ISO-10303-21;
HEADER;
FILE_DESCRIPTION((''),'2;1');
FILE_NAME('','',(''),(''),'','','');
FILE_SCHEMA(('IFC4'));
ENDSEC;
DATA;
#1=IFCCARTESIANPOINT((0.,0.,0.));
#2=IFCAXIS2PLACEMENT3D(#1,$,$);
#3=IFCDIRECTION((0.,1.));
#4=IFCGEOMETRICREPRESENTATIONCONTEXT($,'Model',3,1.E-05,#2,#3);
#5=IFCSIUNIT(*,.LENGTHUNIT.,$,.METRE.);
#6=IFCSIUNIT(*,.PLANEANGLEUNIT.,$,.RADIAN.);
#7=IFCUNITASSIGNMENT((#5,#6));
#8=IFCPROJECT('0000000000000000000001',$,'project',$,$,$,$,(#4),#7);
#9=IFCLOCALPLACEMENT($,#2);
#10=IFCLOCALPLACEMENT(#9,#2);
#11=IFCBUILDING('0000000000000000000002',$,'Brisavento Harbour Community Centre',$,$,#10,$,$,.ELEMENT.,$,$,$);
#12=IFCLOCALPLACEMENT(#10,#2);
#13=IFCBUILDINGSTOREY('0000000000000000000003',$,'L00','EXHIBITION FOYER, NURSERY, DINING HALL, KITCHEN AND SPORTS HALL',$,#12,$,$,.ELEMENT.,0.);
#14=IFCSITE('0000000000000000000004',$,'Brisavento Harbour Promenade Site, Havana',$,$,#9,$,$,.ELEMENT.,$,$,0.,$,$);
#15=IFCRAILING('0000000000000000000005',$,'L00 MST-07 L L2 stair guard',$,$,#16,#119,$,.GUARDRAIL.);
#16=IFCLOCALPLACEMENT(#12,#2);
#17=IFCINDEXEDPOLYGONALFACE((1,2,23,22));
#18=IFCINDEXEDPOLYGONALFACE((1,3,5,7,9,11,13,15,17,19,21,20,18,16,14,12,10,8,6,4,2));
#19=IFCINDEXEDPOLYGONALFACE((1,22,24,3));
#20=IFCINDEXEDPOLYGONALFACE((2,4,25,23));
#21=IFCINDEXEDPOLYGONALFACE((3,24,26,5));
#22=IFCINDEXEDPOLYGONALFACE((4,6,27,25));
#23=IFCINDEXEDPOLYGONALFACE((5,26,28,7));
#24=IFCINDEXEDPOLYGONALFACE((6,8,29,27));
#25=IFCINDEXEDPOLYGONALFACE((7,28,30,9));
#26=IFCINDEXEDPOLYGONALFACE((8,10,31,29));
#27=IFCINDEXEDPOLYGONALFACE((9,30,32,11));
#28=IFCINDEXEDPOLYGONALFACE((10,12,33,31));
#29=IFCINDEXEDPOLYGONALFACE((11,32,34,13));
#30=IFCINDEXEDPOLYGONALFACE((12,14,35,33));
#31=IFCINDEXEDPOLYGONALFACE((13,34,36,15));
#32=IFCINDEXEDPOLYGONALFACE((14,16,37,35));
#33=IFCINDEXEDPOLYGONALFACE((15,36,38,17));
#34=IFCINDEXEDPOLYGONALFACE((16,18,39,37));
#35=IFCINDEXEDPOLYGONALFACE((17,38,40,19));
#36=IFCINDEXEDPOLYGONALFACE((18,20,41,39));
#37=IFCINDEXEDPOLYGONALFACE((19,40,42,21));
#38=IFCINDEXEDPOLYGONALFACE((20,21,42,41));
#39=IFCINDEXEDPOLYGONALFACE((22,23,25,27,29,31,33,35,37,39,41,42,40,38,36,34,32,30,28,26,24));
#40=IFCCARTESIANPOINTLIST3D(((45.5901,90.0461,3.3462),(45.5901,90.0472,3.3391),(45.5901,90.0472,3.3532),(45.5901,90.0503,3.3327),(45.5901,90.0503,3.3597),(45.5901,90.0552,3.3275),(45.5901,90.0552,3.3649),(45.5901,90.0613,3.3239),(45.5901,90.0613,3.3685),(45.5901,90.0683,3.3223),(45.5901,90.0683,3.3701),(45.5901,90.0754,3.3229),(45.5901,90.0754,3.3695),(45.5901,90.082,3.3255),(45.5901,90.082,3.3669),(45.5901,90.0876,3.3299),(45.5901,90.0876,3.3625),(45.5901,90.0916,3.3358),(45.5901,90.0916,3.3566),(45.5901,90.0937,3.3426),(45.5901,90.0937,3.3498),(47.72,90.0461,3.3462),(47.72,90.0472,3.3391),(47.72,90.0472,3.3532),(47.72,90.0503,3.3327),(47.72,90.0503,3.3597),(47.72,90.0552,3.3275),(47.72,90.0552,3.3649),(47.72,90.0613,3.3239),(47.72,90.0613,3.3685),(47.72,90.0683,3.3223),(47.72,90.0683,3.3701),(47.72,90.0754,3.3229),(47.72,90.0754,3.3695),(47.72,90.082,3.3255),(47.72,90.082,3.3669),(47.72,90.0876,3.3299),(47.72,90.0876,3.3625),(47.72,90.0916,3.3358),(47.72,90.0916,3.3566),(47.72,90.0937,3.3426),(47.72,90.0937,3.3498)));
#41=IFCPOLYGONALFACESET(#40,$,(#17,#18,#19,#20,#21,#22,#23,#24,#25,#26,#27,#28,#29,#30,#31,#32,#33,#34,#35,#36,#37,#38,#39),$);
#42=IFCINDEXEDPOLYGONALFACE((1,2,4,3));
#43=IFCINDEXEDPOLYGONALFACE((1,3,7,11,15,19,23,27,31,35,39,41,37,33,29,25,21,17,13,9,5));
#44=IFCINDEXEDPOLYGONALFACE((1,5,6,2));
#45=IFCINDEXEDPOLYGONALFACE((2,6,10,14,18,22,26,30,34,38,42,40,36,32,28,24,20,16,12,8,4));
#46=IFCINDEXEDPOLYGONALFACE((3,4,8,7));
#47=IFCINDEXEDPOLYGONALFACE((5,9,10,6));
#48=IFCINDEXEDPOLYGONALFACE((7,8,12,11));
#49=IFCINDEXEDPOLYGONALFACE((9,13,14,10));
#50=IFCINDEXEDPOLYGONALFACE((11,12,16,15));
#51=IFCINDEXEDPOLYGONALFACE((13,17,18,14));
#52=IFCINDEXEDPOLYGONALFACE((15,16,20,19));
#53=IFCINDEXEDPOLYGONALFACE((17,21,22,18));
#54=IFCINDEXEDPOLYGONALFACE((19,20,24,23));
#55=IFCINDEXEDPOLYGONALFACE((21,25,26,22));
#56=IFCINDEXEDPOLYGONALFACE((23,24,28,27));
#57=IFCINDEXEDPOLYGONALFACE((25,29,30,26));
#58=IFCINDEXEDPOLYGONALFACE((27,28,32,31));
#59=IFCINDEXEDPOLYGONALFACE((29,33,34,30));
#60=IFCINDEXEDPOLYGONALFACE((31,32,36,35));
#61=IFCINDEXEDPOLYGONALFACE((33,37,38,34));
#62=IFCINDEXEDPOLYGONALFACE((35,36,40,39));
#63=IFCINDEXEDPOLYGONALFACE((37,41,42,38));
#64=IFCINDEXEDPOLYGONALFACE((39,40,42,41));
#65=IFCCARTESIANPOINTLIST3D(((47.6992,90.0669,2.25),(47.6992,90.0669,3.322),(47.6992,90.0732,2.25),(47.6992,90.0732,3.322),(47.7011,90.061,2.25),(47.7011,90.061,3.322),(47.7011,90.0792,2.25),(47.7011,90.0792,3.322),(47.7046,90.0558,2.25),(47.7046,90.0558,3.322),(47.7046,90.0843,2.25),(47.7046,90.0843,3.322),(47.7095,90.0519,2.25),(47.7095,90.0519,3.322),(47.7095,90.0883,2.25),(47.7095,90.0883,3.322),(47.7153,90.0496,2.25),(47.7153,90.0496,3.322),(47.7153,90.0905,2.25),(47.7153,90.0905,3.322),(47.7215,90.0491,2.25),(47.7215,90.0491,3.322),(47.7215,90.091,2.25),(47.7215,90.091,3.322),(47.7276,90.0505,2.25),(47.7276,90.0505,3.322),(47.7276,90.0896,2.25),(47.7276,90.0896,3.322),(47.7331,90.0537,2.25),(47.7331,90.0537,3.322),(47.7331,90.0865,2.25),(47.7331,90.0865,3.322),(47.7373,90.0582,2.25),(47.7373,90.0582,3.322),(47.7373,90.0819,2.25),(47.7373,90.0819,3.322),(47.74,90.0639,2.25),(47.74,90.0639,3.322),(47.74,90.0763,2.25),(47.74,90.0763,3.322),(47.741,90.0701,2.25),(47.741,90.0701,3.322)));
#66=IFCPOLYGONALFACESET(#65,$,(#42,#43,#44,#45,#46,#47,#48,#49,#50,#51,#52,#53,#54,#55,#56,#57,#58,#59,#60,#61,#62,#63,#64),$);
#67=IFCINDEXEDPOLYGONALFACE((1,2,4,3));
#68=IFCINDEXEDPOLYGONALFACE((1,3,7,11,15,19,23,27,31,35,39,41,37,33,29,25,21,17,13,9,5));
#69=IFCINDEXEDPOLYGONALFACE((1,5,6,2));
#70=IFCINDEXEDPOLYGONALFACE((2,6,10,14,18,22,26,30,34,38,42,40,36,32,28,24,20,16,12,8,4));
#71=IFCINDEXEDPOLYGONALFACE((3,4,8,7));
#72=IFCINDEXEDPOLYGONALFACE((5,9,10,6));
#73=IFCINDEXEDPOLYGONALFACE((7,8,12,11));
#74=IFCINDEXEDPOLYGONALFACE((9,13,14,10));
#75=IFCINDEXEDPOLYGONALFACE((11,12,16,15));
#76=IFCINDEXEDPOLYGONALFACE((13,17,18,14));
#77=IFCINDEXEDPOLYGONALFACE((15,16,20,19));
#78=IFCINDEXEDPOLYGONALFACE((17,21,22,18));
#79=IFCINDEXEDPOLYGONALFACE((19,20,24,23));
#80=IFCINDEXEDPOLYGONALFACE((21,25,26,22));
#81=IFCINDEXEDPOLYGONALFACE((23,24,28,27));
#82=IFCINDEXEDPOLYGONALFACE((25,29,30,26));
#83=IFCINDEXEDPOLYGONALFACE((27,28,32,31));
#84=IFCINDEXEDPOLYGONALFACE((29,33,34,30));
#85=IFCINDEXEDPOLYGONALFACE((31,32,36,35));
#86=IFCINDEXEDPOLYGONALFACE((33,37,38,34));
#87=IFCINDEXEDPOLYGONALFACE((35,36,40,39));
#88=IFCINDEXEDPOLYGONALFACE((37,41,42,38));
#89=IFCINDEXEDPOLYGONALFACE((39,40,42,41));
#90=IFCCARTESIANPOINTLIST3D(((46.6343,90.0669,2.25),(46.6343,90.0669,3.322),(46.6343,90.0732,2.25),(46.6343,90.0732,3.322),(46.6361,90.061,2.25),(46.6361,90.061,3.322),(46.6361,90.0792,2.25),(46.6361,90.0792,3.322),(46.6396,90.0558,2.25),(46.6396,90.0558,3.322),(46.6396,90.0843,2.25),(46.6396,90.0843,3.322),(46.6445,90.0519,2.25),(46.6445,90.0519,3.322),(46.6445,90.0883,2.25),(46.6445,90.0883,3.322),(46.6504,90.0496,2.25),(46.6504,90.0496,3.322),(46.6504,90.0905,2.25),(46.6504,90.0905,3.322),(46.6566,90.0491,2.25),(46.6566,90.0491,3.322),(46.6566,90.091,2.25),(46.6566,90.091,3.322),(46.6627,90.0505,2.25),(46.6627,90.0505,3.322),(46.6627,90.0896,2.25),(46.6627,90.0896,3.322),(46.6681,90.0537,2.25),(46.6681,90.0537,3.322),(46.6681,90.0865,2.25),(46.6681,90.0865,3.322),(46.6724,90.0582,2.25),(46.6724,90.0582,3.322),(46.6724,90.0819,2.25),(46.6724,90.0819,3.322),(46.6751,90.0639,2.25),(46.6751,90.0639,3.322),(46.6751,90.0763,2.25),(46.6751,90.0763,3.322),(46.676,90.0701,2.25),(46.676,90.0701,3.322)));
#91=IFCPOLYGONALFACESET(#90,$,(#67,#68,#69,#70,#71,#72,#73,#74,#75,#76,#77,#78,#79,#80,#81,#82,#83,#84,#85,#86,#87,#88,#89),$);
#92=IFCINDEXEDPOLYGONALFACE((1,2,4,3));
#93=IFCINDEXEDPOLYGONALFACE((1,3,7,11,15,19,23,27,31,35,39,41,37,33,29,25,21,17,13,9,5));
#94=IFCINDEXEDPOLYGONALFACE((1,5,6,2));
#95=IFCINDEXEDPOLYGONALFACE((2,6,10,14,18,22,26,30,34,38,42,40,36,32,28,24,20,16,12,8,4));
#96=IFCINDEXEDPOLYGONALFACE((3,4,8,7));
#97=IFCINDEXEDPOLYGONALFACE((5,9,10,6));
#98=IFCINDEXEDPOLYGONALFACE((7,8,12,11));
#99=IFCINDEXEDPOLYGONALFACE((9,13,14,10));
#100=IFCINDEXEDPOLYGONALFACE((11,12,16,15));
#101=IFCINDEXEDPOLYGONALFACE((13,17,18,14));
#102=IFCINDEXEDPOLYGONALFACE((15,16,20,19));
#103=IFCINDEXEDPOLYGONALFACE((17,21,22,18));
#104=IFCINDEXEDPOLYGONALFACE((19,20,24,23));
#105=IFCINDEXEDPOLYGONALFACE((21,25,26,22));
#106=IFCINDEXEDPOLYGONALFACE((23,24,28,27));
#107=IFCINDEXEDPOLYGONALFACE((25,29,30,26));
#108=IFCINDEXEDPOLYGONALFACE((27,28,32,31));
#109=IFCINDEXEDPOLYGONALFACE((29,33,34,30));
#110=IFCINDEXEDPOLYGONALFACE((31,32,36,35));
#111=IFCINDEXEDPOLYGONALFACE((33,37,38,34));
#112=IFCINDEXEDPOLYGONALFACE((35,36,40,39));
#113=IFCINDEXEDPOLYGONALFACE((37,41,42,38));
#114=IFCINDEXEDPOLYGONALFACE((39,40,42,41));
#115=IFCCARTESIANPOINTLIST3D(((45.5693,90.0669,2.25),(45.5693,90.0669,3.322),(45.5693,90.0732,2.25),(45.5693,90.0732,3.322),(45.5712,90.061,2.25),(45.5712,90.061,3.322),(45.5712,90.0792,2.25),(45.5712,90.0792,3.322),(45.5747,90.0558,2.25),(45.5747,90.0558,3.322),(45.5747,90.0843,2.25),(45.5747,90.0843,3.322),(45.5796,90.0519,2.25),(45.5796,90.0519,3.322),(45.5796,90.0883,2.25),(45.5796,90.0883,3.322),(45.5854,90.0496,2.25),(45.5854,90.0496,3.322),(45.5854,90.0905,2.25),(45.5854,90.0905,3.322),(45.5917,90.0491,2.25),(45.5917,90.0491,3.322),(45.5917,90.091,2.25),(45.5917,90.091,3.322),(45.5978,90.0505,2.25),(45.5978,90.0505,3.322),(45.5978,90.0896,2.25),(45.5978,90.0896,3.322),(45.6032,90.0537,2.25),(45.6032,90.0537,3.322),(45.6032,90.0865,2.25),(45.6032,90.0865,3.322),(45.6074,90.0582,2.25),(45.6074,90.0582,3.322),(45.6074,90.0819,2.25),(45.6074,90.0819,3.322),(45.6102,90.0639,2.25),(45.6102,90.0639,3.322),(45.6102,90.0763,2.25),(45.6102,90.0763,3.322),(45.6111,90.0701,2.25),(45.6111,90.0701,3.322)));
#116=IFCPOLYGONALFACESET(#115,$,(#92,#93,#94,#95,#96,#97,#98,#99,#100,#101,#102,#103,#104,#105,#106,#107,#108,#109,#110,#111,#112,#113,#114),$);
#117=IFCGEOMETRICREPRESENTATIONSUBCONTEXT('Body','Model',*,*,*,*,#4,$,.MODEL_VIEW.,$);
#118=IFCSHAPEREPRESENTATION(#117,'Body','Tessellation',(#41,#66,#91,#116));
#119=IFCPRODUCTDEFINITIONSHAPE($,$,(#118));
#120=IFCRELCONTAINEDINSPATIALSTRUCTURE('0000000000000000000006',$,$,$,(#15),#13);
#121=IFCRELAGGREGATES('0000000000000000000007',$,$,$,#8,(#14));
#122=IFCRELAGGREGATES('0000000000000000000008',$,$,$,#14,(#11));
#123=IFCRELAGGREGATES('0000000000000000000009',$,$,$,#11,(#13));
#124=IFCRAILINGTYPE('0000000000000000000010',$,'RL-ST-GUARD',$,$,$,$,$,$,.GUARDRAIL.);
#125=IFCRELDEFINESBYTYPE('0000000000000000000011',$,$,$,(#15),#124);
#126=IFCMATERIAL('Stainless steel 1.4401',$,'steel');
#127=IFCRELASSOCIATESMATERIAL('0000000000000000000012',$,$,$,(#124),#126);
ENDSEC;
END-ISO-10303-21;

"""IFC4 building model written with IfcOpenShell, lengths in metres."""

from ifc_helpers import new_model, si_unit, direction, frame, origin, origin_2d, place, context, subcontext, project, spatial, circle, extrude, material, type_object, element, save


model = new_model("IFC4")

# Units and contexts
model_context = context("Model", 3, precision=1e-05, world=origin(), true_north=direction((0.0, 1.0)))
body_context = subcontext(model_context, "Body", "Model", "MODEL_VIEW")
ifc_project = project(units=[si_unit("LENGTHUNIT", "METRE"), si_unit("PLANEANGLEUNIT", "RADIAN")], contexts=[model_context])

# Site, building, storey
site_placement = place(None, origin())
site = spatial("IfcSite", under=ifc_project, at=site_placement, Name="Brisavento Harbour Promenade Site, Havana", CompositionType="ELEMENT", RefElevation=0.0)
building_placement = place(site_placement, origin())
building = spatial("IfcBuilding", under=site, at=building_placement, Name="Brisavento Harbour Community Centre", CompositionType="ELEMENT")
storey_placement = place(building_placement, origin())
storey = spatial("IfcBuildingStorey", under=building, at=storey_placement, Name="L00", Description="EXHIBITION FOYER, NURSERY, DINING HALL, KITCHEN AND SPORTS HALL", CompositionType="ELEMENT", Elevation=0.0)

# Railing
ifc_material_1 = material(Name="Stainless steel 1.4401", Category="steel")
railing_type = type_object("IfcRailingType", Name="RL-ST-GUARD", PredefinedType="GUARDRAIL", material=ifc_material_1)
railing_1_placement = place(storey_placement, frame((47.72, 90.0701, 2.25)))
element("IfcRailing", 1, at=railing_1_placement, inside=storey, type_object=railing_type, Name="L00 MST-07 L L2 stair guard", PredefinedType="GUARDRAIL", context=body_context, shape_type="SweptSolid", body=[
    extrude(circle(Radius=0.0239, at=origin_2d()), frame((0.0, 0.0, 1.0962), z_axis=(-1.0, 0.0, 0.0), x_axis=(0.0, -1.0, 0.0)), (0.0, 0.0, 1.0), 2.1299),
    extrude(circle(Radius=0.021, at=origin_2d()), origin(), (0.0, 0.0, 1.0), 1.072),
    extrude(circle(Radius=0.021, at=origin_2d()), frame((-1.0649, 0.0, 0.0)), (0.0, 0.0, 1.0), 1.072),
    extrude(circle(Radius=0.021, at=origin_2d()), frame((-2.1299, 0.0, 0.0)), (0.0, 0.0, 1.0), 1.072),
])

save(model, "model.ifc")
